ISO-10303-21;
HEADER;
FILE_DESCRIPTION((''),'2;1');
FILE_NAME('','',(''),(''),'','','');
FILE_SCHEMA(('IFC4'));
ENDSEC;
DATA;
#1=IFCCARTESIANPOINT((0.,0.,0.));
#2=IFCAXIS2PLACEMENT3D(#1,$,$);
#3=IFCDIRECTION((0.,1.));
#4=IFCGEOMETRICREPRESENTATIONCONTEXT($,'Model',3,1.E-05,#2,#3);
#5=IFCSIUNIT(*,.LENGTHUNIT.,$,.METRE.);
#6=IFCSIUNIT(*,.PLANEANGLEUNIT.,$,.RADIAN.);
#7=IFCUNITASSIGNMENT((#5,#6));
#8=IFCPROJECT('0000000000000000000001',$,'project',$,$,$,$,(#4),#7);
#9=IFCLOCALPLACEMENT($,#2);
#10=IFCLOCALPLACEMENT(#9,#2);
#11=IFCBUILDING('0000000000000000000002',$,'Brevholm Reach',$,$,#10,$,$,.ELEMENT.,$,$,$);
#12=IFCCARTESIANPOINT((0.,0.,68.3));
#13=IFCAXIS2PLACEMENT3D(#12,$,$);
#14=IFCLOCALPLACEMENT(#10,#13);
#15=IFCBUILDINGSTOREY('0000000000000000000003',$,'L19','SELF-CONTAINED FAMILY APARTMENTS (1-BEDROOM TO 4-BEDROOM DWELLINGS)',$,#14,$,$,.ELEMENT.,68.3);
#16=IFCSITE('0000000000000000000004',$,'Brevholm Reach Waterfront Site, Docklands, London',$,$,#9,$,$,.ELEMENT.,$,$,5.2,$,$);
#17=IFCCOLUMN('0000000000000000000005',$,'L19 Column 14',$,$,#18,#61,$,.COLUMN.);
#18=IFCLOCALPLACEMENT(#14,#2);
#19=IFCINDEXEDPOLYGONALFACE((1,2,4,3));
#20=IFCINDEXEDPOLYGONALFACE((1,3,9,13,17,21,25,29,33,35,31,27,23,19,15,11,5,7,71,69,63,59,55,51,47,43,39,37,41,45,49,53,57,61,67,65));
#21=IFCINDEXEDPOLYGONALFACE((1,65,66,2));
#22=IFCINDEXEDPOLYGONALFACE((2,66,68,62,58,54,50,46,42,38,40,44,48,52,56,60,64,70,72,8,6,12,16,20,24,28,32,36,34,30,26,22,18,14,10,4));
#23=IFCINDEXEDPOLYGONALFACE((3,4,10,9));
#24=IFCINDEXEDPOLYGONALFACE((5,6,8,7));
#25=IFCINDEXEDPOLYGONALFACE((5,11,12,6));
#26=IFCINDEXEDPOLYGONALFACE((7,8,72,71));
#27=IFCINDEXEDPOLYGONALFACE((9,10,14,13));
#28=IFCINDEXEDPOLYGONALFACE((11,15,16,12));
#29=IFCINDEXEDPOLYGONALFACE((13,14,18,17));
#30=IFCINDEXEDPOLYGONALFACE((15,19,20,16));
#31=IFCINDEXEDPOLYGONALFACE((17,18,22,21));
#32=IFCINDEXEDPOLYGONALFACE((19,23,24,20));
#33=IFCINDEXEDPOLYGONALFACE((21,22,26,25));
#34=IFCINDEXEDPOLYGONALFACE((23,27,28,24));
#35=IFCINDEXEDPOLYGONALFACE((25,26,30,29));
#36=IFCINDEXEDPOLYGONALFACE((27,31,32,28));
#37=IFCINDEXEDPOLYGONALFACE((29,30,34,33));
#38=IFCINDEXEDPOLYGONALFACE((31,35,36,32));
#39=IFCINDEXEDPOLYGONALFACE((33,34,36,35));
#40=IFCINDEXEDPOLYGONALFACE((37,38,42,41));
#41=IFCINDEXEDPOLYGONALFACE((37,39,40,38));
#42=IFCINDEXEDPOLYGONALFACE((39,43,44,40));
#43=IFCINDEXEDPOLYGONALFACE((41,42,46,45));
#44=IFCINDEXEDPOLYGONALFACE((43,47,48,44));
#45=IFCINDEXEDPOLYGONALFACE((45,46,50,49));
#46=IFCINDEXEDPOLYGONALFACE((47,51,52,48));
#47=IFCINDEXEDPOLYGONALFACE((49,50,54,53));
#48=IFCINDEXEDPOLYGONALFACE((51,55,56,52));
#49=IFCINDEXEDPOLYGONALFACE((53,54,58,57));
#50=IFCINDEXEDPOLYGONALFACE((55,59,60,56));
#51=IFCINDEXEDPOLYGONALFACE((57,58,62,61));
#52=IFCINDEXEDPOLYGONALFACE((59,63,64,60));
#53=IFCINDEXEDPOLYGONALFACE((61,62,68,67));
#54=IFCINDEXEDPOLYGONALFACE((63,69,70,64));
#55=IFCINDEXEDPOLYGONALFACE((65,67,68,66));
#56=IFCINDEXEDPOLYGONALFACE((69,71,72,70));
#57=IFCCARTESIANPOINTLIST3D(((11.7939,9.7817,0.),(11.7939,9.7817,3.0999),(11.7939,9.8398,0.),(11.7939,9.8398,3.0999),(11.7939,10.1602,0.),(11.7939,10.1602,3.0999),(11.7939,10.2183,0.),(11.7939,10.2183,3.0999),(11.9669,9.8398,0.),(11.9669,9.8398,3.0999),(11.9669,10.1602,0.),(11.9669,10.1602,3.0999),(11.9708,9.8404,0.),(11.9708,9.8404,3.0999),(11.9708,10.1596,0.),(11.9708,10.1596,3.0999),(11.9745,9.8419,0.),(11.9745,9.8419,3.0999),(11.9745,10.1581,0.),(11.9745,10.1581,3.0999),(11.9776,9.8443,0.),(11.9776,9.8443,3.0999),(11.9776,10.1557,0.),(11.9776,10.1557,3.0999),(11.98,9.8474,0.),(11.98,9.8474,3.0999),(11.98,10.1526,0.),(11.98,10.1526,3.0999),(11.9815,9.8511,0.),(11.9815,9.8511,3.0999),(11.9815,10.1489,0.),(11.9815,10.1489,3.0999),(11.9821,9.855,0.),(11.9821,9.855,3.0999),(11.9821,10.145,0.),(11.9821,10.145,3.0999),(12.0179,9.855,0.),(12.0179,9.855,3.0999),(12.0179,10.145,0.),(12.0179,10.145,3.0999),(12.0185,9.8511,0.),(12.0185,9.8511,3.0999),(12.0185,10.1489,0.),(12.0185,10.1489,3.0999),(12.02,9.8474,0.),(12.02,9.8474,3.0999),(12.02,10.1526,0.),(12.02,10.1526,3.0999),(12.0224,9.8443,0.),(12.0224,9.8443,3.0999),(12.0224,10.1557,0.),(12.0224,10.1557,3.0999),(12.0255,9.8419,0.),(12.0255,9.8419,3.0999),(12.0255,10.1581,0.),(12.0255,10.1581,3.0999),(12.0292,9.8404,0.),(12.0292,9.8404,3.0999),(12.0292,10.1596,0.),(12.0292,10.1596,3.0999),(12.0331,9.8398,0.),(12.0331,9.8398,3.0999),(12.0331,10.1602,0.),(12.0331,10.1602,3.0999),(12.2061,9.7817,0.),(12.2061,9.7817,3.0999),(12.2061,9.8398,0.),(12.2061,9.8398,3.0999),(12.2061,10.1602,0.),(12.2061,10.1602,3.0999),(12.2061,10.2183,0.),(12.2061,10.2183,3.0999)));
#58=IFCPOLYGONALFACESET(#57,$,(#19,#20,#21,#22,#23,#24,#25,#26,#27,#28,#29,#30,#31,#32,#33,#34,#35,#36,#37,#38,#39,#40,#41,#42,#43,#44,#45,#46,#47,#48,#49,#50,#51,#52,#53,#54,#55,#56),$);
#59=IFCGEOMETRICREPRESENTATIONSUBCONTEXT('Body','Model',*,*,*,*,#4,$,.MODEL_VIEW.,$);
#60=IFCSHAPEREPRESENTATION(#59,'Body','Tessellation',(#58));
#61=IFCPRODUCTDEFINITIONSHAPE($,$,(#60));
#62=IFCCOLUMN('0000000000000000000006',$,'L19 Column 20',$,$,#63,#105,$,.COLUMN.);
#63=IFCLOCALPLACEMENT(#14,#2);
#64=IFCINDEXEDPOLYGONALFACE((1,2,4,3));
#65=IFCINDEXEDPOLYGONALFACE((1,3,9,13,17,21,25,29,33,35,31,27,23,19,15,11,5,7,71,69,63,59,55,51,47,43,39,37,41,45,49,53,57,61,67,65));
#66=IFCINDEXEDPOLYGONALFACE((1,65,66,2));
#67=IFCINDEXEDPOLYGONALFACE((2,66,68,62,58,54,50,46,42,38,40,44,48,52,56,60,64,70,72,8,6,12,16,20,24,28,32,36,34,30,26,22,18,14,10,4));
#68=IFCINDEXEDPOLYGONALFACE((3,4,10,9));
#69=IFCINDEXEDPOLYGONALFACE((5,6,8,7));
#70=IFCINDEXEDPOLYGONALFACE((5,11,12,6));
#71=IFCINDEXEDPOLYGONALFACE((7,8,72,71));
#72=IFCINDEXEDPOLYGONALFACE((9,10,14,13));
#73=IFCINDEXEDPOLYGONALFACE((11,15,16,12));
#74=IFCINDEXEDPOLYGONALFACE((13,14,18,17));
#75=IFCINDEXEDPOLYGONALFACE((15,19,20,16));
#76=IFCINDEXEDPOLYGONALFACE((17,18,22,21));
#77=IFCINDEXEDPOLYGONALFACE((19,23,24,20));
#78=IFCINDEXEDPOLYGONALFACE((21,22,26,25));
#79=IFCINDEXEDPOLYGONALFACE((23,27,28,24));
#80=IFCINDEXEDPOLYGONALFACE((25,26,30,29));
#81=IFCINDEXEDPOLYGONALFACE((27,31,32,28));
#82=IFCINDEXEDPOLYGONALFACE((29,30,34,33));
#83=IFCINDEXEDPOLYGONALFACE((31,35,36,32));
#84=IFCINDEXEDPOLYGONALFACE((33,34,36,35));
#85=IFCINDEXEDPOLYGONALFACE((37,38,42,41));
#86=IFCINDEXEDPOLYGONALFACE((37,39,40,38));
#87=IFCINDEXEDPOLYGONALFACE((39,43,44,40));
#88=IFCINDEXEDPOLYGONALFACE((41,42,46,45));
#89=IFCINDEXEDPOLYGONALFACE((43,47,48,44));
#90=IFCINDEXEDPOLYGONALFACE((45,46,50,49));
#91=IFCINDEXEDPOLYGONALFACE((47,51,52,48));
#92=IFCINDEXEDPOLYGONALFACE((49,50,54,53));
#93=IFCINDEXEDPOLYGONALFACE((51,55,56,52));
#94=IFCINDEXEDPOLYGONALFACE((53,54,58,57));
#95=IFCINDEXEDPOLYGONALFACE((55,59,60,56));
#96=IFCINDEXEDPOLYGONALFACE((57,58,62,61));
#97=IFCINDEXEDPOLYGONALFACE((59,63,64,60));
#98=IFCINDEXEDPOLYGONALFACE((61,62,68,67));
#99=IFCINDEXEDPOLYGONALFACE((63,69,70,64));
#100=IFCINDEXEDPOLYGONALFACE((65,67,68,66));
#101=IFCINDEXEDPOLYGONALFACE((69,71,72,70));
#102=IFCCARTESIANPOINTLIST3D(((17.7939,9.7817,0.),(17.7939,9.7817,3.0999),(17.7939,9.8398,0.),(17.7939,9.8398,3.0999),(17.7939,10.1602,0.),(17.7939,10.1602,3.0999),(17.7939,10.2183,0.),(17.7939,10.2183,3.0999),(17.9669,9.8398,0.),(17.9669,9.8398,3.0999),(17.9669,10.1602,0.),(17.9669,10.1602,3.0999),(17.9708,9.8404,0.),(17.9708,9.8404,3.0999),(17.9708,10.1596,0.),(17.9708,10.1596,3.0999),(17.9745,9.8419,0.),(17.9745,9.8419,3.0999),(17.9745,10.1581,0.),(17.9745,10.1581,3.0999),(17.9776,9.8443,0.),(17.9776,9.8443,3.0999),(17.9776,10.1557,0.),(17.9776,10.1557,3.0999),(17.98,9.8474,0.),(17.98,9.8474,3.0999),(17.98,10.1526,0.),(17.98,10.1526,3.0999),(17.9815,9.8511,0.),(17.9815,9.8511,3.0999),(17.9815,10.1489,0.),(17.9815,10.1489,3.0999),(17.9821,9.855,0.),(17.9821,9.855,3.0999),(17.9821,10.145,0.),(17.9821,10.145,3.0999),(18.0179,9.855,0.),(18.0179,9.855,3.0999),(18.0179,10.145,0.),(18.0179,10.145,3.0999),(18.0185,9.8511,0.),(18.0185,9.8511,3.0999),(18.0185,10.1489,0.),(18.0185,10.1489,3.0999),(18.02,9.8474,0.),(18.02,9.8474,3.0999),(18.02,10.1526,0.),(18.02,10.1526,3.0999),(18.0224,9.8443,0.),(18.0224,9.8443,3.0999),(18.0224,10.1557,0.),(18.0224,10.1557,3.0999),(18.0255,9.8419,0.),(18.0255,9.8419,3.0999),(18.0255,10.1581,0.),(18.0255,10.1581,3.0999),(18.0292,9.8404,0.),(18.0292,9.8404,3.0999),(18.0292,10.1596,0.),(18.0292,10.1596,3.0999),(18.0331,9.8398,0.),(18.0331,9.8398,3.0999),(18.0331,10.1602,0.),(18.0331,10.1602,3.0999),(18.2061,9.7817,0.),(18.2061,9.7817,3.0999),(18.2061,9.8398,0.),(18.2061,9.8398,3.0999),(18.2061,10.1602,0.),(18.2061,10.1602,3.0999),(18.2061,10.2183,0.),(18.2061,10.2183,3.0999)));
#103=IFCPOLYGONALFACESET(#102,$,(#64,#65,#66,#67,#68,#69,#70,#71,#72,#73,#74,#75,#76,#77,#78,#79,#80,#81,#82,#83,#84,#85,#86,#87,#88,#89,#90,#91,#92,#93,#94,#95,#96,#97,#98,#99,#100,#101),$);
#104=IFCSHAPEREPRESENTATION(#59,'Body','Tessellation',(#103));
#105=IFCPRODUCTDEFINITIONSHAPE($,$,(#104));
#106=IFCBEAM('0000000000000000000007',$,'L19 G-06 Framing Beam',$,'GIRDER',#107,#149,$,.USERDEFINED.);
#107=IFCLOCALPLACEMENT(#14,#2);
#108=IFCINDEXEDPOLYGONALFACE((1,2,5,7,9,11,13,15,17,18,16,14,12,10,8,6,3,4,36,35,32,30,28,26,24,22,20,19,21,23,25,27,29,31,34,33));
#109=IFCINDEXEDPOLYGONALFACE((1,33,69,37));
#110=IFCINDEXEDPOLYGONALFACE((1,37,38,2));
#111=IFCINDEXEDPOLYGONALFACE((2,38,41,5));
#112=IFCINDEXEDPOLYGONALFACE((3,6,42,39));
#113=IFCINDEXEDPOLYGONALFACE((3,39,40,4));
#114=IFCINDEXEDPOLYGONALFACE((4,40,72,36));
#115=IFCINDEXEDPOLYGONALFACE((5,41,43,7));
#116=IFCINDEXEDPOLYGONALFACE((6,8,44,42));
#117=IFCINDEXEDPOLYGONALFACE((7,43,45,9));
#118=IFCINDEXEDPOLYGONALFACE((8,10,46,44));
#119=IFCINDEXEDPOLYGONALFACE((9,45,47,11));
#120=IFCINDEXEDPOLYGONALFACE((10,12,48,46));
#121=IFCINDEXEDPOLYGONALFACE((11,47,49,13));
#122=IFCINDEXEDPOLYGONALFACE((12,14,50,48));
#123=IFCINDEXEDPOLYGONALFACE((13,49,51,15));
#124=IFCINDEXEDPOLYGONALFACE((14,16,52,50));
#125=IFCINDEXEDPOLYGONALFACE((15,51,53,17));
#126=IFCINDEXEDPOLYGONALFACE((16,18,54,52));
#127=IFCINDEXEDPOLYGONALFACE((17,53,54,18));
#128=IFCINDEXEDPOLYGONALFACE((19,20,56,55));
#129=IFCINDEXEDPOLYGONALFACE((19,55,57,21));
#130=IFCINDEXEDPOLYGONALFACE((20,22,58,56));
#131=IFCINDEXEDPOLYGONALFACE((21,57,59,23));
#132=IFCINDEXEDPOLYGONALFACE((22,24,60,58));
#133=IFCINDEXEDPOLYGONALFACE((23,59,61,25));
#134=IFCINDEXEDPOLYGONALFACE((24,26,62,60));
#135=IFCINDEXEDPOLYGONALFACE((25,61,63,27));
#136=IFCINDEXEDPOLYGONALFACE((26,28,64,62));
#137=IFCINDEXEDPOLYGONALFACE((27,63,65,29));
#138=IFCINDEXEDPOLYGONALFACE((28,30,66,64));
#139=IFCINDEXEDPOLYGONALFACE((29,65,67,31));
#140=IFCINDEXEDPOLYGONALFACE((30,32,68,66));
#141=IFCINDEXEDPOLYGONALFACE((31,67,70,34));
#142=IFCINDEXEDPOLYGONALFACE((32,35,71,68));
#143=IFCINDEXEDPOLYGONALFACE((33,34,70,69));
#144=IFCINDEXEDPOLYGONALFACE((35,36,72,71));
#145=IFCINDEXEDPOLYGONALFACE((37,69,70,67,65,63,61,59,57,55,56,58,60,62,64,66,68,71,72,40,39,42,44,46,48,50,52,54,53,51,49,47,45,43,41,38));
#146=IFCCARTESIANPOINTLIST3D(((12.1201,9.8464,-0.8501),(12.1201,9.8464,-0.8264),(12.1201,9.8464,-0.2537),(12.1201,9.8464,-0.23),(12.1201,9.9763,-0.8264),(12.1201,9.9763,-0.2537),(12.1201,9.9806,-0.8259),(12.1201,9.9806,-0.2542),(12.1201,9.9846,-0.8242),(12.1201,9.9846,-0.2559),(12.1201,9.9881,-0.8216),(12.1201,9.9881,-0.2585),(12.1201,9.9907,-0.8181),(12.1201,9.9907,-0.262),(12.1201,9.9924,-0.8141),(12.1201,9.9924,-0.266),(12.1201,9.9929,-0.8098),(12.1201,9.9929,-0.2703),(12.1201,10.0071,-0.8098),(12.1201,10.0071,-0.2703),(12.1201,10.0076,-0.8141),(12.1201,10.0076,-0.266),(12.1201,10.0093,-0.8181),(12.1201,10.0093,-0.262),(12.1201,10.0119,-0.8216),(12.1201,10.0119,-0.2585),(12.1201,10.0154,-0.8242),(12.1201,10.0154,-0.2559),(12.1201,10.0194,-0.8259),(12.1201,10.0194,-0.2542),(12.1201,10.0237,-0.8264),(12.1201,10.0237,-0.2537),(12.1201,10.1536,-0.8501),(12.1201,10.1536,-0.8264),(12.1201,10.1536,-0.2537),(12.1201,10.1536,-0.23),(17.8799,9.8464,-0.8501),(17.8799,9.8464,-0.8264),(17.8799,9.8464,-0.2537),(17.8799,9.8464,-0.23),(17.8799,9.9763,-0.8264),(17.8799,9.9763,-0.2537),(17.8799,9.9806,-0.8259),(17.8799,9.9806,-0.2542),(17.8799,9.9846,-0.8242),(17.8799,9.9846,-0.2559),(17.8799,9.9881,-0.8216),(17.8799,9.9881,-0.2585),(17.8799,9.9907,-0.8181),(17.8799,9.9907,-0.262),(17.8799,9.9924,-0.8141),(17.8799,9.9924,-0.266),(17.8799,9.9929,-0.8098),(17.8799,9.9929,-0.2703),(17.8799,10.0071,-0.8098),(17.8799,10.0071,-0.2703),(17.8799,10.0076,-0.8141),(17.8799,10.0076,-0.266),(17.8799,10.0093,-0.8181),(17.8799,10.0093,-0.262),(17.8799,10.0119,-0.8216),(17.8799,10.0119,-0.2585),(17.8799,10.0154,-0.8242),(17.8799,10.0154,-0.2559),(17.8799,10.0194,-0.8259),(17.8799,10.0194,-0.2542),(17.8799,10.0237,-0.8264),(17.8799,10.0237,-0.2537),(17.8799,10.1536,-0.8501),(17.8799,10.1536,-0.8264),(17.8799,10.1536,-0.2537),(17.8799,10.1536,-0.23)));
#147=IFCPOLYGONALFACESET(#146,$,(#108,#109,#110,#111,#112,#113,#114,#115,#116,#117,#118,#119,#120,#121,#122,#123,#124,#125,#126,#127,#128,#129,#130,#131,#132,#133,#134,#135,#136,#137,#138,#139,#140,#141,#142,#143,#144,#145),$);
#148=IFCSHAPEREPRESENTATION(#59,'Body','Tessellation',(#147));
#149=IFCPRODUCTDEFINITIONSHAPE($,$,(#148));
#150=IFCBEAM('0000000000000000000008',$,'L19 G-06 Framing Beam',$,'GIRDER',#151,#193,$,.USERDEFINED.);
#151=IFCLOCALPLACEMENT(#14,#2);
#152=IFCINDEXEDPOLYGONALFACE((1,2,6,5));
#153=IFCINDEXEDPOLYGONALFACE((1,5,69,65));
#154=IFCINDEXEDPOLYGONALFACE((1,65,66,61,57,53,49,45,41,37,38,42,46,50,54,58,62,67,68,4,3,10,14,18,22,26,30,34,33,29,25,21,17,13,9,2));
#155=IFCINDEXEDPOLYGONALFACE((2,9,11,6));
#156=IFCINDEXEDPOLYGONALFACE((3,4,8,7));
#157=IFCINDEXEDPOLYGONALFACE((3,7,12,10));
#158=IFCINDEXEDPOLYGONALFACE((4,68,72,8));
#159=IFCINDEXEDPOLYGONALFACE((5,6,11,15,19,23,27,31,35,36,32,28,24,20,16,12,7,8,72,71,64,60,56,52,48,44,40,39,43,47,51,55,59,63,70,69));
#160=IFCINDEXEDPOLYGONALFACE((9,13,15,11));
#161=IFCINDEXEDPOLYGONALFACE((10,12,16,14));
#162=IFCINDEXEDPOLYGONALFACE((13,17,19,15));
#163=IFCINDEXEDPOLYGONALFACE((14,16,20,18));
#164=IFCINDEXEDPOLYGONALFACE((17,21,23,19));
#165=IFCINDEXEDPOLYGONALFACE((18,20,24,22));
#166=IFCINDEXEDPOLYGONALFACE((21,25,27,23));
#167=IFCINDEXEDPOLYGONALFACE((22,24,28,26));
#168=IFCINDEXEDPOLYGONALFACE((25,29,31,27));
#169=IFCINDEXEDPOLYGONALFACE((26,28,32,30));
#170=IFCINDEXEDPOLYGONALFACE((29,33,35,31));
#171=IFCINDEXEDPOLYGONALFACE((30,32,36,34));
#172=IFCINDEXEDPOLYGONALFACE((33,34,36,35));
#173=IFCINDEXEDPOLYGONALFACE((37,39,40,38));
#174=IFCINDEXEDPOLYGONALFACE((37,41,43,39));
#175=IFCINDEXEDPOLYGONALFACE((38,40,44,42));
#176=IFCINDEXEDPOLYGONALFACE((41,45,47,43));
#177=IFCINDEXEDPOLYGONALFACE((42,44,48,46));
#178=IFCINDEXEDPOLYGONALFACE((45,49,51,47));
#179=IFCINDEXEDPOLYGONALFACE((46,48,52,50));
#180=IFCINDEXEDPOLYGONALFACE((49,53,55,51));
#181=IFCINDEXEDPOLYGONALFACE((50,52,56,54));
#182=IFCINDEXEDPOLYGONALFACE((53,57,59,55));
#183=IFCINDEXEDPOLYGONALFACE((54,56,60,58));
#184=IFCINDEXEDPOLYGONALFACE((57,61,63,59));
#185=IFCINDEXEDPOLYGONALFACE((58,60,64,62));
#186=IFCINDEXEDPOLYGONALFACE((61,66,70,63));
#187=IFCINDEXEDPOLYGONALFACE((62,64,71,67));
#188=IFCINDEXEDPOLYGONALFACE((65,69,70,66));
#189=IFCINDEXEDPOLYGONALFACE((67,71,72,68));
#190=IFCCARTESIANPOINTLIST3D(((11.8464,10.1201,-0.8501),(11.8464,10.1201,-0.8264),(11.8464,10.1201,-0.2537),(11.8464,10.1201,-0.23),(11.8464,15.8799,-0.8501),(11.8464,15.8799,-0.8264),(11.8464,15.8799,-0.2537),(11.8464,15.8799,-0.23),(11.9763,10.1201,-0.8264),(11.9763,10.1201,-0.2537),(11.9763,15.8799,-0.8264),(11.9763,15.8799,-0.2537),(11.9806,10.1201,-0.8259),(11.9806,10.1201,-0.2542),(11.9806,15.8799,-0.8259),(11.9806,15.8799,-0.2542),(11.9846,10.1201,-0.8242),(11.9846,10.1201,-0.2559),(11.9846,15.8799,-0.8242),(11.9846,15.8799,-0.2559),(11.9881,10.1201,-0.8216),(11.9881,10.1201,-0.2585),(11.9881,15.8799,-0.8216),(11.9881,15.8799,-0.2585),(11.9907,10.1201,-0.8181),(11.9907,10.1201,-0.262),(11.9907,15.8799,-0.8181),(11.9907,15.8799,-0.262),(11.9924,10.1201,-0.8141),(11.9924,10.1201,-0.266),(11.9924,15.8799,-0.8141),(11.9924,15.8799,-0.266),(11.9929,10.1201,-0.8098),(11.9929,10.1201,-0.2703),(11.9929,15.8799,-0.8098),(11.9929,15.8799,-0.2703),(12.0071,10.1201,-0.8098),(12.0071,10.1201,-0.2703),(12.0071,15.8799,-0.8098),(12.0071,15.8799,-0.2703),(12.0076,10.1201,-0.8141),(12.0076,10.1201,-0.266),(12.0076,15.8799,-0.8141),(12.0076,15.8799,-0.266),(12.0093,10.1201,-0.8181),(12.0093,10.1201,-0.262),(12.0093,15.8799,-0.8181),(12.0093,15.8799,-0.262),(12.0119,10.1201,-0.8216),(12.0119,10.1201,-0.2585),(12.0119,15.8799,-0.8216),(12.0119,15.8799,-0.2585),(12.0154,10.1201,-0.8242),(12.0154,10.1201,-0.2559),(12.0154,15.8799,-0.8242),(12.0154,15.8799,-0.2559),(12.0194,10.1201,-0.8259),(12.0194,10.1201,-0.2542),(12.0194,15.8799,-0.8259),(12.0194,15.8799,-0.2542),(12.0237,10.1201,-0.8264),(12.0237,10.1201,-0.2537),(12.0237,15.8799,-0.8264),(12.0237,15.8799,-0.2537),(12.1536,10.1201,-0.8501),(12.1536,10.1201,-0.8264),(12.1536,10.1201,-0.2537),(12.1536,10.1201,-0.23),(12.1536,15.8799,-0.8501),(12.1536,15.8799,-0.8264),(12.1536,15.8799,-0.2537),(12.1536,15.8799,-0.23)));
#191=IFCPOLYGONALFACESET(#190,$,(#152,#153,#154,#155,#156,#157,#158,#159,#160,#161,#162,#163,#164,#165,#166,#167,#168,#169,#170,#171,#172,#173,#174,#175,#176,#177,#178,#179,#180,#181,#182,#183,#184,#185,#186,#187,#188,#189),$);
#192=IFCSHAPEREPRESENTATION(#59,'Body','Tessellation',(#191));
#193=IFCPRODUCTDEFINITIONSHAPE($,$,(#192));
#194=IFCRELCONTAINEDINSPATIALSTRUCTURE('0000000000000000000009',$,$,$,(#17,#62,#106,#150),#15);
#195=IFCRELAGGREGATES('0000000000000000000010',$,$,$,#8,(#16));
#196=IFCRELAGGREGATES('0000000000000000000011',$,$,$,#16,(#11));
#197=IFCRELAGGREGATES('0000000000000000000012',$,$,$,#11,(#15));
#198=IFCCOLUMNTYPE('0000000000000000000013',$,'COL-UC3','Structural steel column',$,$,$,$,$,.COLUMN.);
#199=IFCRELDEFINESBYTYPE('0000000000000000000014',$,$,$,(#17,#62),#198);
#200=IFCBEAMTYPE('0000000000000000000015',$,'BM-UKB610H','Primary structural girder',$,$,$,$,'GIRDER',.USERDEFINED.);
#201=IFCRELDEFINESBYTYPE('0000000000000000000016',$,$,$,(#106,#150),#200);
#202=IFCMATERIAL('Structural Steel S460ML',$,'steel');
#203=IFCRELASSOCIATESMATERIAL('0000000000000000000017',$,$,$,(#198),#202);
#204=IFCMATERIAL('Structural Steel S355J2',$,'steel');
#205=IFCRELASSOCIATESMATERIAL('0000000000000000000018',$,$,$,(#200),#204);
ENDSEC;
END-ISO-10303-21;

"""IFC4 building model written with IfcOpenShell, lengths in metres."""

from ifc_helpers import new_model, si_unit, direction, frame, origin, origin_2d, place, context, subcontext, project, spatial, i_section, extrude, material, material_profile, profile_set, type_object, element, save


model = new_model("IFC4")

# Units and contexts
model_context = context("Model", 3, precision=1e-05, world=origin(), true_north=direction((0.0, 1.0)))
body_context = subcontext(model_context, "Body", "Model", "MODEL_VIEW")
ifc_project = project(units=[si_unit("LENGTHUNIT", "METRE"), si_unit("PLANEANGLEUNIT", "RADIAN")], contexts=[model_context])

# Site, building, storey
site_placement = place(None, origin())
site = spatial("IfcSite", under=ifc_project, at=site_placement, Name="Brevholm Reach Waterfront Site, Docklands, London", CompositionType="ELEMENT", RefElevation=5.2)
building_placement = place(site_placement, origin())
building = spatial("IfcBuilding", under=site, at=building_placement, Name="Brevholm Reach", CompositionType="ELEMENT")
storey_placement = place(building_placement, frame((0.0, 0.0, 68.3)))
storey = spatial("IfcBuildingStorey", under=building, at=storey_placement, Name="L19", Description="SELF-CONTAINED FAMILY APARTMENTS (1-BEDROOM TO 4-BEDROOM DWELLINGS)", CompositionType="ELEMENT", Elevation=68.3)

# Columns
ifc_material_1 = material(Name="Structural Steel S460ML", Category="steel")
ifc_material_profile_1 = material_profile(ifc_material_1, i_section(OverallWidth=0.4121, OverallDepth=0.4365, WebThickness=0.0359, FlangeThickness=0.0581, FilletRadius=0.0151, at=origin_2d()), Name="UKC 356x406x467")
ifc_profile_set_1 = profile_set([ifc_material_profile_1], Name="Structural Steel S460ML")
column_type = type_object("IfcColumnType", Name="COL-UC3", Description="Structural steel column", PredefinedType="COLUMN", material=ifc_profile_set_1)
for number, where, z_axis, x_axis, name in (
    (1, (12.0, 10.0, 0.0), (0.0, 0.0, 1.0), (1.0, 0.0, 0.0), "L19 Column 14"),
    (2, (18.0, 10.0, 0.0), (0.0, 0.0, 1.0), (1.0, 0.0, 0.0), "L19 Column 20"),
):
    element("IfcColumn", number, at=place(storey_placement, frame(where, z_axis=z_axis, x_axis=x_axis)), inside=storey, type_object=column_type, Name=name, PredefinedType="COLUMN", context=body_context, shape_type="SweptSolid", body=[
        extrude(i_section(OverallWidth=0.4121, OverallDepth=0.4365, WebThickness=0.0359, FlangeThickness=0.0581, FilletRadius=0.0151, at=origin_2d()), origin(), (0.0, 0.0, 1.0), 3.0999),
    ])

# Beams
ifc_material_2 = material(Name="Structural Steel S355J2", Category="steel")
ifc_material_profile_2 = material_profile(ifc_material_2, i_section(OverallWidth=0.3071, OverallDepth=0.6201, WebThickness=0.0142, FlangeThickness=0.0237, FilletRadius=0.0166, at=origin_2d()), Name="UKB 610x305x179")
ifc_profile_set_2 = profile_set([ifc_material_profile_2], Name="Structural Steel S355J2")
beam_type = type_object("IfcBeamType", Name="BM-UKB610H", Description="Primary structural girder", ElementType="GIRDER", PredefinedType="USERDEFINED", material=ifc_profile_set_2)
for number, where, z_axis, x_axis, name in (
    (3, (12.1201, 10.0, -0.54), (1.0, 0.0, 0.0), (0.0, 1.0, 0.0), "L19 G-06 Framing Beam"),
    (4, (12.0, 10.1201, -0.54), (0.0, 1.0, 0.0), (-1.0, 0.0, 0.0), "L19 G-06 Framing Beam"),
):
    element("IfcBeam", number, at=place(storey_placement, frame(where, z_axis=z_axis, x_axis=x_axis)), inside=storey, type_object=beam_type, Name=name, ObjectType="GIRDER", PredefinedType="USERDEFINED", context=body_context, shape_type="SweptSolid", body=[
        extrude(i_section(OverallWidth=0.3071, OverallDepth=0.6201, WebThickness=0.0142, FlangeThickness=0.0237, FilletRadius=0.0166, at=origin_2d()), origin(), (0.0, 0.0, 1.0), 5.7598),
    ])

save(model, "model.ifc")
